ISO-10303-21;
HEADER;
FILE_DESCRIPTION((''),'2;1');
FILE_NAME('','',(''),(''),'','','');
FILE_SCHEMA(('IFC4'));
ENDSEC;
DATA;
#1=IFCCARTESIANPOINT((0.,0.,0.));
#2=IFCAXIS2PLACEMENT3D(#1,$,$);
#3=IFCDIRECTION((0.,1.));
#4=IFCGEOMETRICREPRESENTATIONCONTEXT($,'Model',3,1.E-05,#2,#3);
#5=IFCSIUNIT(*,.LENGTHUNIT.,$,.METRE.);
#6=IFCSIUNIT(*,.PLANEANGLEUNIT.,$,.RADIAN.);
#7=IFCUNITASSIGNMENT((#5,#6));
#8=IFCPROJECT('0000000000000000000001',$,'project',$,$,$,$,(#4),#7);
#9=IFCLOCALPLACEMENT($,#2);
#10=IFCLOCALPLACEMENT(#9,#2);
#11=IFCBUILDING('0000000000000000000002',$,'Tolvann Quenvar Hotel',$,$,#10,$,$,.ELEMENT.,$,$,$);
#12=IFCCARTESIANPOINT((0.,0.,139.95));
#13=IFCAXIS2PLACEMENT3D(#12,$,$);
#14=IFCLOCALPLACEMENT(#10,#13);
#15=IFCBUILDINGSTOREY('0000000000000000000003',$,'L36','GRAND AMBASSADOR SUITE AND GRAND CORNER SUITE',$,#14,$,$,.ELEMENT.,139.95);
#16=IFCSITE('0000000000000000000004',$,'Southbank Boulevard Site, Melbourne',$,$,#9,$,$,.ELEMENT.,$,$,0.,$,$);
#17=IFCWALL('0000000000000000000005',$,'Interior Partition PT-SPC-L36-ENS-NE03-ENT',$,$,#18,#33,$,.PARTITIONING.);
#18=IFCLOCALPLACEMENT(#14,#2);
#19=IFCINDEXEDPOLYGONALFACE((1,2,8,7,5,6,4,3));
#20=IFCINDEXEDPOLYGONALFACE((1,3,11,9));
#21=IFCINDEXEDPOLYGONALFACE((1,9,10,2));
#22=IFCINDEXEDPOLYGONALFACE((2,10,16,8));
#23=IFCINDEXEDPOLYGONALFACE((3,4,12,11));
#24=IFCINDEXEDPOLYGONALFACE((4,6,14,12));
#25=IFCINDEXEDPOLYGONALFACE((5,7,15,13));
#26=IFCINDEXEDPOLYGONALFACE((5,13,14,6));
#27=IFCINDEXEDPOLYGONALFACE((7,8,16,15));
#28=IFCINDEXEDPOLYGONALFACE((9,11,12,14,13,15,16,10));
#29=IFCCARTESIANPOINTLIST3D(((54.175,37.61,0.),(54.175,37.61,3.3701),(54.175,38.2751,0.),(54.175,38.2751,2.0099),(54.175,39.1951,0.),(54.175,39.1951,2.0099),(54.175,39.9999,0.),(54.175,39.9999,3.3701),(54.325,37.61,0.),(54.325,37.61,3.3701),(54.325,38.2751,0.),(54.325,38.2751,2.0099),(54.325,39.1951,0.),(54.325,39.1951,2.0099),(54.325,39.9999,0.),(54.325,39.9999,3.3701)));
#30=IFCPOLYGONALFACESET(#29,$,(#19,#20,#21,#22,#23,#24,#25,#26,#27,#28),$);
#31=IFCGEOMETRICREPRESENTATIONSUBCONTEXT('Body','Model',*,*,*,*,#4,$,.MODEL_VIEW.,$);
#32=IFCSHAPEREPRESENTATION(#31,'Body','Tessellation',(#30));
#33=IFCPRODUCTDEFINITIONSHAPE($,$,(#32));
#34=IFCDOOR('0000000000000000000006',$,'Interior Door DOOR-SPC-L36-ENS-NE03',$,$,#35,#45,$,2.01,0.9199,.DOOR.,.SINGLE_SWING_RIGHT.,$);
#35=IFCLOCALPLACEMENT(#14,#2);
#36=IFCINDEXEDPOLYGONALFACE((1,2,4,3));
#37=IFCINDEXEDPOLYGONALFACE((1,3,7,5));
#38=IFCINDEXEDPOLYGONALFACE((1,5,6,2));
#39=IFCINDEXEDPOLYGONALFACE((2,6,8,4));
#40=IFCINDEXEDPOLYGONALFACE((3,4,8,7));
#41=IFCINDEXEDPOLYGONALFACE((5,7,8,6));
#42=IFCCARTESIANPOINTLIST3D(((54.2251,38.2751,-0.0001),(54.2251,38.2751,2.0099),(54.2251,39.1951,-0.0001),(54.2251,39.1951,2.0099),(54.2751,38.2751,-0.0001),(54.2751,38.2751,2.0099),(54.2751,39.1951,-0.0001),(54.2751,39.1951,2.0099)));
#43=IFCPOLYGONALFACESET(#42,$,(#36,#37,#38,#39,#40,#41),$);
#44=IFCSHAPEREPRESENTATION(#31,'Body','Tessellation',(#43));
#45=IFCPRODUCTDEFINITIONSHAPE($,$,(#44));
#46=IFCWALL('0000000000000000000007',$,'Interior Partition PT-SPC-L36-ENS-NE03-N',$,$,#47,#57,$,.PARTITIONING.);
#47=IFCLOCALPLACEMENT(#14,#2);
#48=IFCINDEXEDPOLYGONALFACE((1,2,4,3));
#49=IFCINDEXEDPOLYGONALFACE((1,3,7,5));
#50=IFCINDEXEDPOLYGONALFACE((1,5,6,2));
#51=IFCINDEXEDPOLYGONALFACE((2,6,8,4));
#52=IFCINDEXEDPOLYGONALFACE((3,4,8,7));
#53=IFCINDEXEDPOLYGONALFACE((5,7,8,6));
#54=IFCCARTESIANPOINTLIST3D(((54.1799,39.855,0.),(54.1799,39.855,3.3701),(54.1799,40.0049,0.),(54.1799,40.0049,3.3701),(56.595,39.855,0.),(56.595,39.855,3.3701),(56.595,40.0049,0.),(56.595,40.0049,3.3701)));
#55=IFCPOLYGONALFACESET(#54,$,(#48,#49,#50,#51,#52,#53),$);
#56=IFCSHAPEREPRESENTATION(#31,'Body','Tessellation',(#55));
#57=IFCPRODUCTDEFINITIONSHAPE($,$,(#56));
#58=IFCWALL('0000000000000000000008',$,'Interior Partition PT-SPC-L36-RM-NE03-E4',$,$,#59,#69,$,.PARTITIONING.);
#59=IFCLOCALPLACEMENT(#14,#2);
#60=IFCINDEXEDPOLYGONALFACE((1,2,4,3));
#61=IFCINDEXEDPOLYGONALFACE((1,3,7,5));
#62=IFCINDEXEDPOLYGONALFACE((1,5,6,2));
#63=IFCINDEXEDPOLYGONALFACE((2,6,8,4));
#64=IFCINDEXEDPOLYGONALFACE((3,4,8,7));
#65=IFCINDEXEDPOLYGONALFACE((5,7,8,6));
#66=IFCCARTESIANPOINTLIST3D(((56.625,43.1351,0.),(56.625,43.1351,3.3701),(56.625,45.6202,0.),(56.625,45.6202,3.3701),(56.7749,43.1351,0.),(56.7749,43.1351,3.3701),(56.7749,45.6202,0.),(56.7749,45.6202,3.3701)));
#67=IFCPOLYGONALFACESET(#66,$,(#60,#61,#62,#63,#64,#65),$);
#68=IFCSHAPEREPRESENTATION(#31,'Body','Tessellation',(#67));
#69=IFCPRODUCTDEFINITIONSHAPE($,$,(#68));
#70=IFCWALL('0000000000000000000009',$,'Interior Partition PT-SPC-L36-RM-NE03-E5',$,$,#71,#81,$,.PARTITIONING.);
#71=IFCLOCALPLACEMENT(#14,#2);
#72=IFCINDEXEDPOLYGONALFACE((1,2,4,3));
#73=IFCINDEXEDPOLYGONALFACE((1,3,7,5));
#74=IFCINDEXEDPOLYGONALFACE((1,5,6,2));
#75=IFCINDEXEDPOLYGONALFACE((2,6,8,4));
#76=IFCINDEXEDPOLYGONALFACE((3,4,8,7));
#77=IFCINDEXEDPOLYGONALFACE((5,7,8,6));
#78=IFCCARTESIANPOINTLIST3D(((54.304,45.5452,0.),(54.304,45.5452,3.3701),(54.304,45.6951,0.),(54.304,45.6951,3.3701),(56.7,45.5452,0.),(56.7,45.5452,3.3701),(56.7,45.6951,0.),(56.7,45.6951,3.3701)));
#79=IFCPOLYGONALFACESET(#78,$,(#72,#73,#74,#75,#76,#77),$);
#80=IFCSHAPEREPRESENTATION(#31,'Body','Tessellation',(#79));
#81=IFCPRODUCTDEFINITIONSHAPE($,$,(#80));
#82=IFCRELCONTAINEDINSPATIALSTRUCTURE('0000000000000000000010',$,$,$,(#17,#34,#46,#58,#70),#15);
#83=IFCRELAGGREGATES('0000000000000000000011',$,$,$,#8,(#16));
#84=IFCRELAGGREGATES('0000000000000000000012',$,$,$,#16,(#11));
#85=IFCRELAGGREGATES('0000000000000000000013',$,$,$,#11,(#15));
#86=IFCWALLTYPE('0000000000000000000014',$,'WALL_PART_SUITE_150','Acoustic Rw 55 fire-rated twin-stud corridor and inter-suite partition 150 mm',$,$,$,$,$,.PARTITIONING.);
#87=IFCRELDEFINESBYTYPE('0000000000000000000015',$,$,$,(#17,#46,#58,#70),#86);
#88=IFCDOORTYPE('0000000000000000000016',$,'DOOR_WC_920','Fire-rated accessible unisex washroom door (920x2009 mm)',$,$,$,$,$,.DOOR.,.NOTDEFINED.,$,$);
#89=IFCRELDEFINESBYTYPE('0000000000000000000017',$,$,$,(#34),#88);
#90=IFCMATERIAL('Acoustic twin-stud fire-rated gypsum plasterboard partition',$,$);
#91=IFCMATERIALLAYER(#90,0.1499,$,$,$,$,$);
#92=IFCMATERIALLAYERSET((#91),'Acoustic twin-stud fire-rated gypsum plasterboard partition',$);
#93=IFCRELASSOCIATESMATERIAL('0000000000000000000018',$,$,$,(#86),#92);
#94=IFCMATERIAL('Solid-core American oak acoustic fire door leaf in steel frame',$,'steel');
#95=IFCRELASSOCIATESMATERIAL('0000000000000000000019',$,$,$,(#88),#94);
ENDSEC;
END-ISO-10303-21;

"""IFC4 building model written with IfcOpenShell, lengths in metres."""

from ifc_helpers import new_model, si_unit, direction, frame, frame_2d, origin, place, context, subcontext, project, spatial, rectangle, extrude, source, transform, mapped, material, layer, layer_set, type_object, type_shapes, element, fill, save


model = new_model("IFC4")

# Units and contexts
model_context = context("Model", 3, precision=1e-05, world=origin(), true_north=direction((0.0, 1.0)))
body_context = subcontext(model_context, "Body", "Model", "MODEL_VIEW")
ifc_project = project(units=[si_unit("LENGTHUNIT", "METRE"), si_unit("PLANEANGLEUNIT", "RADIAN")], contexts=[model_context])

# Site, building, storey
site_placement = place(None, origin())
site = spatial("IfcSite", under=ifc_project, at=site_placement, Name="Southbank Boulevard Site, Melbourne", CompositionType="ELEMENT", RefElevation=0.0)
building_placement = place(site_placement, origin())
building = spatial("IfcBuilding", under=site, at=building_placement, Name="Tolvann Quenvar Hotel", CompositionType="ELEMENT")
storey_placement = place(building_placement, frame((0.0, 0.0, 139.95)))
storey = spatial("IfcBuildingStorey", under=building, at=storey_placement, Name="L36", Description="GRAND AMBASSADOR SUITE AND GRAND CORNER SUITE", CompositionType="ELEMENT", Elevation=139.95)

# Shared definitions
ifc_material_1 = material(Name="Acoustic twin-stud fire-rated gypsum plasterboard partition")
ifc_layer_1 = layer(ifc_material_1, 0.1499)
ifc_layer_set_1 = layer_set([ifc_layer_1], Name="Acoustic twin-stud fire-rated gypsum plasterboard partition")
wall_type_1 = type_object("IfcWallType", Name="WALL_PART_SUITE_150", Description="Acoustic Rw 55 fire-rated twin-stud corridor and inter-suite partition 150 mm", PredefinedType="PARTITIONING", material=ifc_layer_set_1)
ifc_material_2 = material(Name="Solid-core American oak acoustic fire door leaf in steel frame", Category="steel")
door_type = type_object("IfcDoorType", Name="DOOR_WC_920", Description="Fire-rated accessible unisex washroom door (920x2009 mm)", OperationType="NOTDEFINED", PredefinedType="DOOR", material=ifc_material_2)
shared_shape_1 = source(origin(), body_context, "Body", "SweptSolid", [
    extrude(rectangle(XDim=0.9199, YDim=2.01, at=frame_2d((0.46, 1.0049))), frame((0.0, 0.0249, 0.0), z_axis=(0.0, -1.0, 0.0), x_axis=(1.0, 0.0, 0.0)), (0.0, 0.0, 1.0), 0.05),
])
type_shapes(door_type, [shared_shape_1])

# Wall, opening, door
wall_1_placement = place(storey_placement, frame((54.25, 37.6101, 0.0), z_axis=(0.0, 0.0, 1.0), x_axis=(0.0, 1.0, 0.0)))
wall_1 = element("IfcWall", 1, at=wall_1_placement, inside=storey, type_object=wall_type_1, Name="Interior Partition PT-SPC-L36-ENS-NE03-ENT", PredefinedType="PARTITIONING", context=body_context, shape_type="SweptSolid", body=[
    extrude(rectangle(XDim=2.3899, YDim=0.1499, at=frame_2d((1.1948, 0.0))), origin(), (0.0, 0.0, 1.0), 3.3701),
])
opening_1_placement = place(wall_1_placement, frame((0.665, 0.0, 0.0)))
opening_1 = element("IfcOpeningElement", 2, at=opening_1_placement, cuts=wall_1, PredefinedType="OPENING", context=body_context, shape_type="SweptSolid", body=[
    extrude(rectangle(XDim=0.9199, YDim=2.01, at=frame_2d((0.46, 1.0049))), frame((0.0, 0.085, 0.0), z_axis=(0.0, -1.0, 0.0), x_axis=(1.0, 0.0, 0.0)), (0.0, 0.0, 1.0), 0.1699),
])
door_1_placement = place(opening_1_placement, origin())
door_1 = element("IfcDoor", 3, at=door_1_placement, inside=storey, type_object=door_type, Name="Interior Door DOOR-SPC-L36-ENS-NE03", OperationType="SINGLE_SWING_RIGHT", OverallHeight=2.01, OverallWidth=0.9199, PredefinedType="DOOR", context=body_context, shape_type="MappedRepresentation", body=[
    mapped(shared_shape_1, transform((0.0, 0.0, 0.0), x_axis=(1.0, 0.0, 0.0), y_axis=(0.0, 1.0, 0.0), z_axis=(0.0, 0.0, 1.0), scale=1.0)),
])
fill(opening_1, door_1)

# Walls
wall_2_placement = place(storey_placement, frame((54.1799, 39.9299, 0.0), z_axis=(0.0, 0.0, 1.0), x_axis=(1.0, 0.0, 0.0)))
element("IfcWall", 4, at=wall_2_placement, inside=storey, type_object=wall_type_1, Name="Interior Partition PT-SPC-L36-ENS-NE03-N", PredefinedType="PARTITIONING", context=body_context, shape_type="SweptSolid", body=[
    extrude(rectangle(XDim=2.415, YDim=0.1499, at=frame_2d((1.2075, 0.0))), origin(), (0.0, 0.0, 1.0), 3.3701),
])
wall_3_placement = place(storey_placement, frame((56.7, 43.135, 0.0), z_axis=(0.0, 0.0, 1.0), x_axis=(0.0, 1.0, 0.0)))
element("IfcWall", 5, at=wall_3_placement, inside=storey, type_object=wall_type_1, Name="Interior Partition PT-SPC-L36-RM-NE03-E4", PredefinedType="PARTITIONING", context=body_context, shape_type="SweptSolid", body=[
    extrude(rectangle(XDim=2.4851, YDim=0.1499, at=frame_2d((1.2427, 0.0))), origin(), (0.0, 0.0, 1.0), 3.3701),
])
wall_4_placement = place(storey_placement, frame((54.304, 45.6201, 0.0), z_axis=(0.0, 0.0, 1.0), x_axis=(1.0, 0.0, 0.0)))
element("IfcWall", 6, at=wall_4_placement, inside=storey, type_object=wall_type_1, Name="Interior Partition PT-SPC-L36-RM-NE03-E5", PredefinedType="PARTITIONING", context=body_context, shape_type="SweptSolid", body=[
    extrude(rectangle(XDim=2.396, YDim=0.1499, at=frame_2d((1.198, 0.0))), origin(), (0.0, 0.0, 1.0), 3.3701),
])

save(model, "model.ifc")
